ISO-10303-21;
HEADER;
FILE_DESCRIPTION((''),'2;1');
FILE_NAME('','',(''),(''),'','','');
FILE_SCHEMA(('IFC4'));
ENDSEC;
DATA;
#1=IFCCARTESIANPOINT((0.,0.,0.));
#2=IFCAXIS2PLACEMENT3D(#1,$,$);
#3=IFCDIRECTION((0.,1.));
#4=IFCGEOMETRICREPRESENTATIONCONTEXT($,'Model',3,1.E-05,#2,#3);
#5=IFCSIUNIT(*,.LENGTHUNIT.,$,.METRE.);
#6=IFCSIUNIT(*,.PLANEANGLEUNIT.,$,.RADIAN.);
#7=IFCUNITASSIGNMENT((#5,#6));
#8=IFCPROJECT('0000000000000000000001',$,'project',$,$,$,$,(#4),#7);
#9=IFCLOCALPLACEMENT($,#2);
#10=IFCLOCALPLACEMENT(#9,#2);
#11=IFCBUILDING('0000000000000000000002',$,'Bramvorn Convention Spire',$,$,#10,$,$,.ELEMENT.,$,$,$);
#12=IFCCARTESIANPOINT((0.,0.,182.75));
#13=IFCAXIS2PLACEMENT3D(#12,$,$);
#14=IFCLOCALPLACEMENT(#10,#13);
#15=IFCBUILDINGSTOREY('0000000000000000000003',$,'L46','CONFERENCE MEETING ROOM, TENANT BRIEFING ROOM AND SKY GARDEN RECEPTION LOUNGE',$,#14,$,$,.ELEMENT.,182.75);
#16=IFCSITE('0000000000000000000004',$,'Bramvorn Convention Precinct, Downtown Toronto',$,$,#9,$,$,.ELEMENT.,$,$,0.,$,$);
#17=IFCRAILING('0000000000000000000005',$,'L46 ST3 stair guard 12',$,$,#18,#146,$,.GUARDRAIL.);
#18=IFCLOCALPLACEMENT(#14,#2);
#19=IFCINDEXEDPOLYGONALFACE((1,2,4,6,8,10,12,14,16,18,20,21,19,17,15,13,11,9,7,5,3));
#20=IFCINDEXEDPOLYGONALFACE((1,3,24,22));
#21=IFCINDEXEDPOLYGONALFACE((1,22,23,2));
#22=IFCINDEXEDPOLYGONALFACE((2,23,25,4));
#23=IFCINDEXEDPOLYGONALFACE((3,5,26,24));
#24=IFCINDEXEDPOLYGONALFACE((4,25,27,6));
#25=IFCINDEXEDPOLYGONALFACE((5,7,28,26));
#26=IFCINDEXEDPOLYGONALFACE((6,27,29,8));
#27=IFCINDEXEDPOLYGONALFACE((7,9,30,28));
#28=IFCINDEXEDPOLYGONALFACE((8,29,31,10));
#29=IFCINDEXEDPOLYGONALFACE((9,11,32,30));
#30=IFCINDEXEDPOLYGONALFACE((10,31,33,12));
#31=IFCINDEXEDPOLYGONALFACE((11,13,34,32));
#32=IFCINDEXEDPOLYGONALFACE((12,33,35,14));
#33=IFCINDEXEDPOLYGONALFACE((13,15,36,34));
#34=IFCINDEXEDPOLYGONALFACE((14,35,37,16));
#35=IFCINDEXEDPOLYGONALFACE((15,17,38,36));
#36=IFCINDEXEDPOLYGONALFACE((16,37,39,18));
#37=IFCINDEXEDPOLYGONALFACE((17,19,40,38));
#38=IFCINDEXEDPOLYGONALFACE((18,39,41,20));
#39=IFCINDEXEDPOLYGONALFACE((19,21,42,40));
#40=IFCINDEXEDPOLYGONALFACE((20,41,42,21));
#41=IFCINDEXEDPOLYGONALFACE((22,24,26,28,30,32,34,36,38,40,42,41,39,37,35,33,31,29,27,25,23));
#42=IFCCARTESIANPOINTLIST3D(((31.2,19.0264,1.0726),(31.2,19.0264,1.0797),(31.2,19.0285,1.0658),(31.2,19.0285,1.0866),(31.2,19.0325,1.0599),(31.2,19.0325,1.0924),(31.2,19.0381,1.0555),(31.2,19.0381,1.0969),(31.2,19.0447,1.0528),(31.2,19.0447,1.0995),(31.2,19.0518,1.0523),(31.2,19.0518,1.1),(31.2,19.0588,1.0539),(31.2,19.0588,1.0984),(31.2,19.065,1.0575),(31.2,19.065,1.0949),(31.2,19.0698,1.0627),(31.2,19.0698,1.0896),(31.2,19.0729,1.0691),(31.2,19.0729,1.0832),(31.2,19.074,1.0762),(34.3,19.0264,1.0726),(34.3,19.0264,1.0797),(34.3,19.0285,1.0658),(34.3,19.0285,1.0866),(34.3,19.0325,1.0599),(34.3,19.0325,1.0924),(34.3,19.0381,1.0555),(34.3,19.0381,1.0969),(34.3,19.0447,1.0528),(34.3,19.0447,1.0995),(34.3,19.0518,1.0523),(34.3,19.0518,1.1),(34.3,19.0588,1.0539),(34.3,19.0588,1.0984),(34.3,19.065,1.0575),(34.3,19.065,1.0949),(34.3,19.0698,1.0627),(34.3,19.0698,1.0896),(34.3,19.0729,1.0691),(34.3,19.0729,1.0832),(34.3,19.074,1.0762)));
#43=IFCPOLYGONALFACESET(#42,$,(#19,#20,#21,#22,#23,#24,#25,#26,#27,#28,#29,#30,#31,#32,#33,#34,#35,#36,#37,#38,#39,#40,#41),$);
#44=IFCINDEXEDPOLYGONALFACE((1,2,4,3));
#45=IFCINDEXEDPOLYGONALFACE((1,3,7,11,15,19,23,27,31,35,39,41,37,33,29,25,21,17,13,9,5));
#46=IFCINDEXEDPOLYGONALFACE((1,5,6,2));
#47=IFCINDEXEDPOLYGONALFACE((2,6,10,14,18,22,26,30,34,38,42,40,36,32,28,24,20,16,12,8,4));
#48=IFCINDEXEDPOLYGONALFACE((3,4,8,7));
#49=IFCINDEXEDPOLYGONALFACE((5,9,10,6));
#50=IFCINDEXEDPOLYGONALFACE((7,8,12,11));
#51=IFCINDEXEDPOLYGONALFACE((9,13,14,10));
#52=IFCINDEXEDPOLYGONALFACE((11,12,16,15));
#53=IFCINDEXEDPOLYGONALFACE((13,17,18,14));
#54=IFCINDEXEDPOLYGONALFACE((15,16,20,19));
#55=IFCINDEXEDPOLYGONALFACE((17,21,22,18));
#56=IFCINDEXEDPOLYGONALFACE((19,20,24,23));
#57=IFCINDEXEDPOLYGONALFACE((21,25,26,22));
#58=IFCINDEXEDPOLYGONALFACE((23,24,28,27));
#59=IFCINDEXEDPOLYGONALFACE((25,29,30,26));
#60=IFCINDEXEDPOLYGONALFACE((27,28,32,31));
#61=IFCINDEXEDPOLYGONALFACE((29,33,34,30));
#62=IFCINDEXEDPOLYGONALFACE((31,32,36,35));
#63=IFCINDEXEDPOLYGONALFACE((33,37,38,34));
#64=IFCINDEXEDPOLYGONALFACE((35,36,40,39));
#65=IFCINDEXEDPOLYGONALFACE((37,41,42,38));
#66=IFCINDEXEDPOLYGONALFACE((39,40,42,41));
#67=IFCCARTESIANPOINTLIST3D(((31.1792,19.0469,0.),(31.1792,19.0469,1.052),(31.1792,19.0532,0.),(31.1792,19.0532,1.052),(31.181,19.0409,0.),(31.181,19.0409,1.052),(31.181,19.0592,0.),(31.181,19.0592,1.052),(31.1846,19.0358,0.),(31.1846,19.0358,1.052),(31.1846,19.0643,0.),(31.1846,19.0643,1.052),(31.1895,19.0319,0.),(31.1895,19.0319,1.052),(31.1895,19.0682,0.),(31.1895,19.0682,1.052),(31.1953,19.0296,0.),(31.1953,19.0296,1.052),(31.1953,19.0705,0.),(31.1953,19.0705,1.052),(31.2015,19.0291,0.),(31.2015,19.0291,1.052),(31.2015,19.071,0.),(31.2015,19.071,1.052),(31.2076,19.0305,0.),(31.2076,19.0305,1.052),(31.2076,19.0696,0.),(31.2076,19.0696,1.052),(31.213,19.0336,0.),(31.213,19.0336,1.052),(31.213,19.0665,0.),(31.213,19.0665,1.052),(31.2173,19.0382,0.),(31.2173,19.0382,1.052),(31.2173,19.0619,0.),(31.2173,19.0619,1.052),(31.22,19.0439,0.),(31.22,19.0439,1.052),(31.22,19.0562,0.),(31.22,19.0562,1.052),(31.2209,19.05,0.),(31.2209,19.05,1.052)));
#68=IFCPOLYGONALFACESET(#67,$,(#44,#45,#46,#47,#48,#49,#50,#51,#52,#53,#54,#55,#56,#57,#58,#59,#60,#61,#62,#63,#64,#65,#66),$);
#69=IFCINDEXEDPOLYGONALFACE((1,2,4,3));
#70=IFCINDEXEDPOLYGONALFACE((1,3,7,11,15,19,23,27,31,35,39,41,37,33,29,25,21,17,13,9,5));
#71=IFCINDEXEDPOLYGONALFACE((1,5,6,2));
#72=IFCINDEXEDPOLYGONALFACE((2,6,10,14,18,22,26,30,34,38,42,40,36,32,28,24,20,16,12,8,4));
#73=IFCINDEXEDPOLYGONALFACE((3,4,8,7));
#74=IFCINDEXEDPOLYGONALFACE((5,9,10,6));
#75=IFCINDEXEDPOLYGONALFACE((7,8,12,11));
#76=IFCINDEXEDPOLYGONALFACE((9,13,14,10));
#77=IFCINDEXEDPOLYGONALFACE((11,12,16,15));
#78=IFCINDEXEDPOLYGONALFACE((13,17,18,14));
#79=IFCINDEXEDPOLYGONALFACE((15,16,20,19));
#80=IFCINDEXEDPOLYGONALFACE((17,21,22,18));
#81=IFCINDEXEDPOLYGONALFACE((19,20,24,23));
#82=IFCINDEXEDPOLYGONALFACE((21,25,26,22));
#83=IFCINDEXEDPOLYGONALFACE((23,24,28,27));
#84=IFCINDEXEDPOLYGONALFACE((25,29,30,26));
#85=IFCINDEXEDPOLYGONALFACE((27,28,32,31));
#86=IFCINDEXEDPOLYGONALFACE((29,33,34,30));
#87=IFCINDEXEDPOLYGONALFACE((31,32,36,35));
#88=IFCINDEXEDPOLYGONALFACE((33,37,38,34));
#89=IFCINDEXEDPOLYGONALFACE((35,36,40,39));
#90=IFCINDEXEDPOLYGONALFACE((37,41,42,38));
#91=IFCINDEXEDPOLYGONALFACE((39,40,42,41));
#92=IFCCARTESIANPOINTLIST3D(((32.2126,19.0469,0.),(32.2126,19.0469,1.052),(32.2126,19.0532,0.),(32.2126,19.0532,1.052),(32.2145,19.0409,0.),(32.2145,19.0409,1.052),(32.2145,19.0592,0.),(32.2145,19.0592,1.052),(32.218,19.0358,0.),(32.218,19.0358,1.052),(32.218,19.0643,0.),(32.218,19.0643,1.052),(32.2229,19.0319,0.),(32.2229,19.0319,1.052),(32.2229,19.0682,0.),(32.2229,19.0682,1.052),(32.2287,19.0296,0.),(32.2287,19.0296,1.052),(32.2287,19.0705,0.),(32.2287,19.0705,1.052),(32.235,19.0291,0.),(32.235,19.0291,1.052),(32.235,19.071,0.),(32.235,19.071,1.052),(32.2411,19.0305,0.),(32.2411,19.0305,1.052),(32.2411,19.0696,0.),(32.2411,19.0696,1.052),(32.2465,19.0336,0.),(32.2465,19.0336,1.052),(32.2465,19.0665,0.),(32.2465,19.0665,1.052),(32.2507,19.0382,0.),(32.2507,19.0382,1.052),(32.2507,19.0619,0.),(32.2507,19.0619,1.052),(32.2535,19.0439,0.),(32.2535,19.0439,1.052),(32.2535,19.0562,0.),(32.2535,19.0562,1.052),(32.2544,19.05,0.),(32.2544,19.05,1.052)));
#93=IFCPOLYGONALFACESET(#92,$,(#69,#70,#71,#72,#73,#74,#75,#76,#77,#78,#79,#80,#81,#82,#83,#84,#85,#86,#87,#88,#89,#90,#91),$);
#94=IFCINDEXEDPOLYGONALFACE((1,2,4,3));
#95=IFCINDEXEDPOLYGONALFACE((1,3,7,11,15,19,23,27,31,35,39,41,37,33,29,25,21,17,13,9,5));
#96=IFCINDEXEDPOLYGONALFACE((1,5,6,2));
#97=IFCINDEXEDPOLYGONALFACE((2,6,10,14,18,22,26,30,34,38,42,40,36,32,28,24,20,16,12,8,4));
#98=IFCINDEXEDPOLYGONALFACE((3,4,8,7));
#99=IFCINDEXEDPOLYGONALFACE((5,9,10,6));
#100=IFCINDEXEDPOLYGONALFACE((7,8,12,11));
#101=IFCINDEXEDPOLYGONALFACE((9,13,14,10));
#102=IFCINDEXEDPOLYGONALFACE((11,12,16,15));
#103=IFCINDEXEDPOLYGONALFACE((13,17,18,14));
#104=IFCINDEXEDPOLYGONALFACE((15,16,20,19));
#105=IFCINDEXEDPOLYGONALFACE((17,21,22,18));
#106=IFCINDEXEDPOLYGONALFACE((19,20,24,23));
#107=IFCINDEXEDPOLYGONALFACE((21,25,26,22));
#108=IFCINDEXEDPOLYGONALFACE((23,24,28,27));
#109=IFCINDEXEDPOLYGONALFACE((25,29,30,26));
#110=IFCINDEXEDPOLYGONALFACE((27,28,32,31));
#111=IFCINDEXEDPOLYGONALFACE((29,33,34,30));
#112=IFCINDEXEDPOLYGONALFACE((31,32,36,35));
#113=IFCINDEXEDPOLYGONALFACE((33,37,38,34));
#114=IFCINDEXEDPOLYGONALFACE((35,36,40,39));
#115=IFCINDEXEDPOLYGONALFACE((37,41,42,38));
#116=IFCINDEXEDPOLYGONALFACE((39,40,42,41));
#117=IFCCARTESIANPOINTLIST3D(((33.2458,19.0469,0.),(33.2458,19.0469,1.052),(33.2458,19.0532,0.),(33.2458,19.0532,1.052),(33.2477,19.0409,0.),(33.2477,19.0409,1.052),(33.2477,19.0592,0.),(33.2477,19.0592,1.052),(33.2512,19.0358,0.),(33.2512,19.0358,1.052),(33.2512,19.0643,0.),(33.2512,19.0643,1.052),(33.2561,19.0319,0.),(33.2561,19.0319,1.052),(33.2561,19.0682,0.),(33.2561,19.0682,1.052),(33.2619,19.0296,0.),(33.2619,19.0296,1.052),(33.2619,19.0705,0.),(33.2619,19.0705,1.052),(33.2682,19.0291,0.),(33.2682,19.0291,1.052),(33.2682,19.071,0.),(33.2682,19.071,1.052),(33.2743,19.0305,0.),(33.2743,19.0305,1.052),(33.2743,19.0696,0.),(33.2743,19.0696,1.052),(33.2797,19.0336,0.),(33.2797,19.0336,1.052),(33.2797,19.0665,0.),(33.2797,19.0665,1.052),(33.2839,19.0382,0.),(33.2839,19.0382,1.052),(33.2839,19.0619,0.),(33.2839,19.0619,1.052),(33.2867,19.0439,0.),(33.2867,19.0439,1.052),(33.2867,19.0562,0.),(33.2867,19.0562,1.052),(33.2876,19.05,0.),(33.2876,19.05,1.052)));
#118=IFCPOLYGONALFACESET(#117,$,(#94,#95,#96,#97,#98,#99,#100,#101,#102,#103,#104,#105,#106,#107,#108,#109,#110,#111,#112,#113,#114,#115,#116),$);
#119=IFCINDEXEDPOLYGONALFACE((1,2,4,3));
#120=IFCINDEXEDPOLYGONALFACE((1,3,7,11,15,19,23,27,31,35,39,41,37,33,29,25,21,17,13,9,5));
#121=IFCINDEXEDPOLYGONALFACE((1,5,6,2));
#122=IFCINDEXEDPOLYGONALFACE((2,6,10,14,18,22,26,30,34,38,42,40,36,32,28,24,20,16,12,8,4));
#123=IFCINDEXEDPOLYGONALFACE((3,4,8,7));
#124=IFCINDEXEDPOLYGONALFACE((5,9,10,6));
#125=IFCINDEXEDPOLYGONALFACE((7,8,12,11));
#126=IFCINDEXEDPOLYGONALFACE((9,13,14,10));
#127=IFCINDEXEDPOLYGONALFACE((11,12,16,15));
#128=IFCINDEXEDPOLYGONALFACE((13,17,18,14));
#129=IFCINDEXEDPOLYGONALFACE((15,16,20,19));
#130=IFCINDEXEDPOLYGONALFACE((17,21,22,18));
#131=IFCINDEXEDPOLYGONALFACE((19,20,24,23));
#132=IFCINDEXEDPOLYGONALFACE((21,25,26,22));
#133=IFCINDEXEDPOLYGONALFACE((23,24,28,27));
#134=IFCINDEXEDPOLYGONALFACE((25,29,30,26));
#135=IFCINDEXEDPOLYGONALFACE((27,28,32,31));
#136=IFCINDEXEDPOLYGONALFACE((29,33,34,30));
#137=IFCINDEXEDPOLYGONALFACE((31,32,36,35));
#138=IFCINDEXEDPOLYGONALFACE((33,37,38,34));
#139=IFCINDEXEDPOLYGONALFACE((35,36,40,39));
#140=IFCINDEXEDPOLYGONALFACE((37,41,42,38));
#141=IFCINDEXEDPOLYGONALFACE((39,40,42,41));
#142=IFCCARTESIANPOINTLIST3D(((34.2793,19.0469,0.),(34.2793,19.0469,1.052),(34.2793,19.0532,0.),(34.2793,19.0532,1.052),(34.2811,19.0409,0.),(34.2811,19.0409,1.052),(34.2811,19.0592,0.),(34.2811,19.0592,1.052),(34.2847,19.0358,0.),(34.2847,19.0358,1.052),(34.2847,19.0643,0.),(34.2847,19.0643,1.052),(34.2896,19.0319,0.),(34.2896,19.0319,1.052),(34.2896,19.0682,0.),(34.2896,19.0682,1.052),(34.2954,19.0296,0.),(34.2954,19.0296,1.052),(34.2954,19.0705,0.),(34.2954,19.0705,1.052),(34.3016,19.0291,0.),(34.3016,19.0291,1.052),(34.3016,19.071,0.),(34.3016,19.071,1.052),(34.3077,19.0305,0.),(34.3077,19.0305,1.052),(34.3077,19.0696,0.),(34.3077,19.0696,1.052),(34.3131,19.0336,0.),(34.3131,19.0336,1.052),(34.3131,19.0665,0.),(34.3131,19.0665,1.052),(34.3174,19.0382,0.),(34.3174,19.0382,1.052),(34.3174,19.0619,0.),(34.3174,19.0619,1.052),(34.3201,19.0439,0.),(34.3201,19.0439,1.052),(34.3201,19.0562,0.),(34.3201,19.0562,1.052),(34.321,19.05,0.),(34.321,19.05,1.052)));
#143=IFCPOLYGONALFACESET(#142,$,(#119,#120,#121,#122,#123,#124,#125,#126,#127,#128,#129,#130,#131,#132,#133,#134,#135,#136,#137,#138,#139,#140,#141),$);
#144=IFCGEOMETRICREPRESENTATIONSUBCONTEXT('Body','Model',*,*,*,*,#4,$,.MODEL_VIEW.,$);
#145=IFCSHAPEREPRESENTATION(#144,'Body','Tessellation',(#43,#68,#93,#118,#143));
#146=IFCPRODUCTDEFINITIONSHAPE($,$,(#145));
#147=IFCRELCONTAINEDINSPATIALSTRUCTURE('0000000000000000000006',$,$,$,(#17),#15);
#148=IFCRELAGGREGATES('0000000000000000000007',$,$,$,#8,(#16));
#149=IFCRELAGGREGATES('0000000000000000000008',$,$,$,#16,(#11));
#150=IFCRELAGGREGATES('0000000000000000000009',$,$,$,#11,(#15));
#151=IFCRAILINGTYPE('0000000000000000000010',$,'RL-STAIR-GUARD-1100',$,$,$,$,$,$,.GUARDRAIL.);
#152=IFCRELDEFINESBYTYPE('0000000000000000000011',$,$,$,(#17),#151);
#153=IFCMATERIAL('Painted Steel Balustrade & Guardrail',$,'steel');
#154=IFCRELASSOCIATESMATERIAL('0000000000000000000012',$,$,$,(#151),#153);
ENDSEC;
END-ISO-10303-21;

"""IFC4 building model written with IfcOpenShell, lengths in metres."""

from ifc_helpers import new_model, si_unit, direction, frame, origin, origin_2d, place, context, subcontext, project, spatial, circle, extrude, material, type_object, element, save


model = new_model("IFC4")

# Units and contexts
model_context = context("Model", 3, precision=1e-05, world=origin(), true_north=direction((0.0, 1.0)))
body_context = subcontext(model_context, "Body", "Model", "MODEL_VIEW")
ifc_project = project(units=[si_unit("LENGTHUNIT", "METRE"), si_unit("PLANEANGLEUNIT", "RADIAN")], contexts=[model_context])

# Site, building, storey
site_placement = place(None, origin())
site = spatial("IfcSite", under=ifc_project, at=site_placement, Name="Bramvorn Convention Precinct, Downtown Toronto", CompositionType="ELEMENT", RefElevation=0.0)
building_placement = place(site_placement, origin())
building = spatial("IfcBuilding", under=site, at=building_placement, Name="Bramvorn Convention Spire", CompositionType="ELEMENT")
storey_placement = place(building_placement, frame((0.0, 0.0, 182.75)))
storey = spatial("IfcBuildingStorey", under=building, at=storey_placement, Name="L46", Description="CONFERENCE MEETING ROOM, TENANT BRIEFING ROOM AND SKY GARDEN RECEPTION LOUNGE", CompositionType="ELEMENT", Elevation=182.75)

# Railing
ifc_material_1 = material(Name="Painted Steel Balustrade & Guardrail", Category="steel")
railing_type_1 = type_object("IfcRailingType", Name="RL-STAIR-GUARD-1100", PredefinedType="GUARDRAIL", material=ifc_material_1)
railing_1_placement = place(storey_placement, frame((31.2, 19.05, 0.0)))
element("IfcRailing", 1, at=railing_1_placement, inside=storey, type_object=railing_type_1, Name="L46 ST3 stair guard 12", PredefinedType="GUARDRAIL", context=body_context, shape_type="SweptSolid", body=[
    extrude(circle(Radius=0.0239, at=origin_2d()), frame((0.0, 0.0, 1.0762), z_axis=(1.0, 0.0, 0.0), x_axis=(0.0, 1.0, 0.0)), (0.0, 0.0, 1.0), 3.1001),
    extrude(circle(Radius=0.021, at=origin_2d()), origin(), (0.0, 0.0, 1.0), 1.052),
    extrude(circle(Radius=0.021, at=origin_2d()), frame((1.0334, 0.0, 0.0)), (0.0, 0.0, 1.0), 1.052),
    extrude(circle(Radius=0.021, at=origin_2d()), frame((2.0667, 0.0, 0.0)), (0.0, 0.0, 1.0), 1.052),
    extrude(circle(Radius=0.021, at=origin_2d()), frame((3.1001, 0.0, 0.0)), (0.0, 0.0, 1.0), 1.052),
])

save(model, "model.ifc")
